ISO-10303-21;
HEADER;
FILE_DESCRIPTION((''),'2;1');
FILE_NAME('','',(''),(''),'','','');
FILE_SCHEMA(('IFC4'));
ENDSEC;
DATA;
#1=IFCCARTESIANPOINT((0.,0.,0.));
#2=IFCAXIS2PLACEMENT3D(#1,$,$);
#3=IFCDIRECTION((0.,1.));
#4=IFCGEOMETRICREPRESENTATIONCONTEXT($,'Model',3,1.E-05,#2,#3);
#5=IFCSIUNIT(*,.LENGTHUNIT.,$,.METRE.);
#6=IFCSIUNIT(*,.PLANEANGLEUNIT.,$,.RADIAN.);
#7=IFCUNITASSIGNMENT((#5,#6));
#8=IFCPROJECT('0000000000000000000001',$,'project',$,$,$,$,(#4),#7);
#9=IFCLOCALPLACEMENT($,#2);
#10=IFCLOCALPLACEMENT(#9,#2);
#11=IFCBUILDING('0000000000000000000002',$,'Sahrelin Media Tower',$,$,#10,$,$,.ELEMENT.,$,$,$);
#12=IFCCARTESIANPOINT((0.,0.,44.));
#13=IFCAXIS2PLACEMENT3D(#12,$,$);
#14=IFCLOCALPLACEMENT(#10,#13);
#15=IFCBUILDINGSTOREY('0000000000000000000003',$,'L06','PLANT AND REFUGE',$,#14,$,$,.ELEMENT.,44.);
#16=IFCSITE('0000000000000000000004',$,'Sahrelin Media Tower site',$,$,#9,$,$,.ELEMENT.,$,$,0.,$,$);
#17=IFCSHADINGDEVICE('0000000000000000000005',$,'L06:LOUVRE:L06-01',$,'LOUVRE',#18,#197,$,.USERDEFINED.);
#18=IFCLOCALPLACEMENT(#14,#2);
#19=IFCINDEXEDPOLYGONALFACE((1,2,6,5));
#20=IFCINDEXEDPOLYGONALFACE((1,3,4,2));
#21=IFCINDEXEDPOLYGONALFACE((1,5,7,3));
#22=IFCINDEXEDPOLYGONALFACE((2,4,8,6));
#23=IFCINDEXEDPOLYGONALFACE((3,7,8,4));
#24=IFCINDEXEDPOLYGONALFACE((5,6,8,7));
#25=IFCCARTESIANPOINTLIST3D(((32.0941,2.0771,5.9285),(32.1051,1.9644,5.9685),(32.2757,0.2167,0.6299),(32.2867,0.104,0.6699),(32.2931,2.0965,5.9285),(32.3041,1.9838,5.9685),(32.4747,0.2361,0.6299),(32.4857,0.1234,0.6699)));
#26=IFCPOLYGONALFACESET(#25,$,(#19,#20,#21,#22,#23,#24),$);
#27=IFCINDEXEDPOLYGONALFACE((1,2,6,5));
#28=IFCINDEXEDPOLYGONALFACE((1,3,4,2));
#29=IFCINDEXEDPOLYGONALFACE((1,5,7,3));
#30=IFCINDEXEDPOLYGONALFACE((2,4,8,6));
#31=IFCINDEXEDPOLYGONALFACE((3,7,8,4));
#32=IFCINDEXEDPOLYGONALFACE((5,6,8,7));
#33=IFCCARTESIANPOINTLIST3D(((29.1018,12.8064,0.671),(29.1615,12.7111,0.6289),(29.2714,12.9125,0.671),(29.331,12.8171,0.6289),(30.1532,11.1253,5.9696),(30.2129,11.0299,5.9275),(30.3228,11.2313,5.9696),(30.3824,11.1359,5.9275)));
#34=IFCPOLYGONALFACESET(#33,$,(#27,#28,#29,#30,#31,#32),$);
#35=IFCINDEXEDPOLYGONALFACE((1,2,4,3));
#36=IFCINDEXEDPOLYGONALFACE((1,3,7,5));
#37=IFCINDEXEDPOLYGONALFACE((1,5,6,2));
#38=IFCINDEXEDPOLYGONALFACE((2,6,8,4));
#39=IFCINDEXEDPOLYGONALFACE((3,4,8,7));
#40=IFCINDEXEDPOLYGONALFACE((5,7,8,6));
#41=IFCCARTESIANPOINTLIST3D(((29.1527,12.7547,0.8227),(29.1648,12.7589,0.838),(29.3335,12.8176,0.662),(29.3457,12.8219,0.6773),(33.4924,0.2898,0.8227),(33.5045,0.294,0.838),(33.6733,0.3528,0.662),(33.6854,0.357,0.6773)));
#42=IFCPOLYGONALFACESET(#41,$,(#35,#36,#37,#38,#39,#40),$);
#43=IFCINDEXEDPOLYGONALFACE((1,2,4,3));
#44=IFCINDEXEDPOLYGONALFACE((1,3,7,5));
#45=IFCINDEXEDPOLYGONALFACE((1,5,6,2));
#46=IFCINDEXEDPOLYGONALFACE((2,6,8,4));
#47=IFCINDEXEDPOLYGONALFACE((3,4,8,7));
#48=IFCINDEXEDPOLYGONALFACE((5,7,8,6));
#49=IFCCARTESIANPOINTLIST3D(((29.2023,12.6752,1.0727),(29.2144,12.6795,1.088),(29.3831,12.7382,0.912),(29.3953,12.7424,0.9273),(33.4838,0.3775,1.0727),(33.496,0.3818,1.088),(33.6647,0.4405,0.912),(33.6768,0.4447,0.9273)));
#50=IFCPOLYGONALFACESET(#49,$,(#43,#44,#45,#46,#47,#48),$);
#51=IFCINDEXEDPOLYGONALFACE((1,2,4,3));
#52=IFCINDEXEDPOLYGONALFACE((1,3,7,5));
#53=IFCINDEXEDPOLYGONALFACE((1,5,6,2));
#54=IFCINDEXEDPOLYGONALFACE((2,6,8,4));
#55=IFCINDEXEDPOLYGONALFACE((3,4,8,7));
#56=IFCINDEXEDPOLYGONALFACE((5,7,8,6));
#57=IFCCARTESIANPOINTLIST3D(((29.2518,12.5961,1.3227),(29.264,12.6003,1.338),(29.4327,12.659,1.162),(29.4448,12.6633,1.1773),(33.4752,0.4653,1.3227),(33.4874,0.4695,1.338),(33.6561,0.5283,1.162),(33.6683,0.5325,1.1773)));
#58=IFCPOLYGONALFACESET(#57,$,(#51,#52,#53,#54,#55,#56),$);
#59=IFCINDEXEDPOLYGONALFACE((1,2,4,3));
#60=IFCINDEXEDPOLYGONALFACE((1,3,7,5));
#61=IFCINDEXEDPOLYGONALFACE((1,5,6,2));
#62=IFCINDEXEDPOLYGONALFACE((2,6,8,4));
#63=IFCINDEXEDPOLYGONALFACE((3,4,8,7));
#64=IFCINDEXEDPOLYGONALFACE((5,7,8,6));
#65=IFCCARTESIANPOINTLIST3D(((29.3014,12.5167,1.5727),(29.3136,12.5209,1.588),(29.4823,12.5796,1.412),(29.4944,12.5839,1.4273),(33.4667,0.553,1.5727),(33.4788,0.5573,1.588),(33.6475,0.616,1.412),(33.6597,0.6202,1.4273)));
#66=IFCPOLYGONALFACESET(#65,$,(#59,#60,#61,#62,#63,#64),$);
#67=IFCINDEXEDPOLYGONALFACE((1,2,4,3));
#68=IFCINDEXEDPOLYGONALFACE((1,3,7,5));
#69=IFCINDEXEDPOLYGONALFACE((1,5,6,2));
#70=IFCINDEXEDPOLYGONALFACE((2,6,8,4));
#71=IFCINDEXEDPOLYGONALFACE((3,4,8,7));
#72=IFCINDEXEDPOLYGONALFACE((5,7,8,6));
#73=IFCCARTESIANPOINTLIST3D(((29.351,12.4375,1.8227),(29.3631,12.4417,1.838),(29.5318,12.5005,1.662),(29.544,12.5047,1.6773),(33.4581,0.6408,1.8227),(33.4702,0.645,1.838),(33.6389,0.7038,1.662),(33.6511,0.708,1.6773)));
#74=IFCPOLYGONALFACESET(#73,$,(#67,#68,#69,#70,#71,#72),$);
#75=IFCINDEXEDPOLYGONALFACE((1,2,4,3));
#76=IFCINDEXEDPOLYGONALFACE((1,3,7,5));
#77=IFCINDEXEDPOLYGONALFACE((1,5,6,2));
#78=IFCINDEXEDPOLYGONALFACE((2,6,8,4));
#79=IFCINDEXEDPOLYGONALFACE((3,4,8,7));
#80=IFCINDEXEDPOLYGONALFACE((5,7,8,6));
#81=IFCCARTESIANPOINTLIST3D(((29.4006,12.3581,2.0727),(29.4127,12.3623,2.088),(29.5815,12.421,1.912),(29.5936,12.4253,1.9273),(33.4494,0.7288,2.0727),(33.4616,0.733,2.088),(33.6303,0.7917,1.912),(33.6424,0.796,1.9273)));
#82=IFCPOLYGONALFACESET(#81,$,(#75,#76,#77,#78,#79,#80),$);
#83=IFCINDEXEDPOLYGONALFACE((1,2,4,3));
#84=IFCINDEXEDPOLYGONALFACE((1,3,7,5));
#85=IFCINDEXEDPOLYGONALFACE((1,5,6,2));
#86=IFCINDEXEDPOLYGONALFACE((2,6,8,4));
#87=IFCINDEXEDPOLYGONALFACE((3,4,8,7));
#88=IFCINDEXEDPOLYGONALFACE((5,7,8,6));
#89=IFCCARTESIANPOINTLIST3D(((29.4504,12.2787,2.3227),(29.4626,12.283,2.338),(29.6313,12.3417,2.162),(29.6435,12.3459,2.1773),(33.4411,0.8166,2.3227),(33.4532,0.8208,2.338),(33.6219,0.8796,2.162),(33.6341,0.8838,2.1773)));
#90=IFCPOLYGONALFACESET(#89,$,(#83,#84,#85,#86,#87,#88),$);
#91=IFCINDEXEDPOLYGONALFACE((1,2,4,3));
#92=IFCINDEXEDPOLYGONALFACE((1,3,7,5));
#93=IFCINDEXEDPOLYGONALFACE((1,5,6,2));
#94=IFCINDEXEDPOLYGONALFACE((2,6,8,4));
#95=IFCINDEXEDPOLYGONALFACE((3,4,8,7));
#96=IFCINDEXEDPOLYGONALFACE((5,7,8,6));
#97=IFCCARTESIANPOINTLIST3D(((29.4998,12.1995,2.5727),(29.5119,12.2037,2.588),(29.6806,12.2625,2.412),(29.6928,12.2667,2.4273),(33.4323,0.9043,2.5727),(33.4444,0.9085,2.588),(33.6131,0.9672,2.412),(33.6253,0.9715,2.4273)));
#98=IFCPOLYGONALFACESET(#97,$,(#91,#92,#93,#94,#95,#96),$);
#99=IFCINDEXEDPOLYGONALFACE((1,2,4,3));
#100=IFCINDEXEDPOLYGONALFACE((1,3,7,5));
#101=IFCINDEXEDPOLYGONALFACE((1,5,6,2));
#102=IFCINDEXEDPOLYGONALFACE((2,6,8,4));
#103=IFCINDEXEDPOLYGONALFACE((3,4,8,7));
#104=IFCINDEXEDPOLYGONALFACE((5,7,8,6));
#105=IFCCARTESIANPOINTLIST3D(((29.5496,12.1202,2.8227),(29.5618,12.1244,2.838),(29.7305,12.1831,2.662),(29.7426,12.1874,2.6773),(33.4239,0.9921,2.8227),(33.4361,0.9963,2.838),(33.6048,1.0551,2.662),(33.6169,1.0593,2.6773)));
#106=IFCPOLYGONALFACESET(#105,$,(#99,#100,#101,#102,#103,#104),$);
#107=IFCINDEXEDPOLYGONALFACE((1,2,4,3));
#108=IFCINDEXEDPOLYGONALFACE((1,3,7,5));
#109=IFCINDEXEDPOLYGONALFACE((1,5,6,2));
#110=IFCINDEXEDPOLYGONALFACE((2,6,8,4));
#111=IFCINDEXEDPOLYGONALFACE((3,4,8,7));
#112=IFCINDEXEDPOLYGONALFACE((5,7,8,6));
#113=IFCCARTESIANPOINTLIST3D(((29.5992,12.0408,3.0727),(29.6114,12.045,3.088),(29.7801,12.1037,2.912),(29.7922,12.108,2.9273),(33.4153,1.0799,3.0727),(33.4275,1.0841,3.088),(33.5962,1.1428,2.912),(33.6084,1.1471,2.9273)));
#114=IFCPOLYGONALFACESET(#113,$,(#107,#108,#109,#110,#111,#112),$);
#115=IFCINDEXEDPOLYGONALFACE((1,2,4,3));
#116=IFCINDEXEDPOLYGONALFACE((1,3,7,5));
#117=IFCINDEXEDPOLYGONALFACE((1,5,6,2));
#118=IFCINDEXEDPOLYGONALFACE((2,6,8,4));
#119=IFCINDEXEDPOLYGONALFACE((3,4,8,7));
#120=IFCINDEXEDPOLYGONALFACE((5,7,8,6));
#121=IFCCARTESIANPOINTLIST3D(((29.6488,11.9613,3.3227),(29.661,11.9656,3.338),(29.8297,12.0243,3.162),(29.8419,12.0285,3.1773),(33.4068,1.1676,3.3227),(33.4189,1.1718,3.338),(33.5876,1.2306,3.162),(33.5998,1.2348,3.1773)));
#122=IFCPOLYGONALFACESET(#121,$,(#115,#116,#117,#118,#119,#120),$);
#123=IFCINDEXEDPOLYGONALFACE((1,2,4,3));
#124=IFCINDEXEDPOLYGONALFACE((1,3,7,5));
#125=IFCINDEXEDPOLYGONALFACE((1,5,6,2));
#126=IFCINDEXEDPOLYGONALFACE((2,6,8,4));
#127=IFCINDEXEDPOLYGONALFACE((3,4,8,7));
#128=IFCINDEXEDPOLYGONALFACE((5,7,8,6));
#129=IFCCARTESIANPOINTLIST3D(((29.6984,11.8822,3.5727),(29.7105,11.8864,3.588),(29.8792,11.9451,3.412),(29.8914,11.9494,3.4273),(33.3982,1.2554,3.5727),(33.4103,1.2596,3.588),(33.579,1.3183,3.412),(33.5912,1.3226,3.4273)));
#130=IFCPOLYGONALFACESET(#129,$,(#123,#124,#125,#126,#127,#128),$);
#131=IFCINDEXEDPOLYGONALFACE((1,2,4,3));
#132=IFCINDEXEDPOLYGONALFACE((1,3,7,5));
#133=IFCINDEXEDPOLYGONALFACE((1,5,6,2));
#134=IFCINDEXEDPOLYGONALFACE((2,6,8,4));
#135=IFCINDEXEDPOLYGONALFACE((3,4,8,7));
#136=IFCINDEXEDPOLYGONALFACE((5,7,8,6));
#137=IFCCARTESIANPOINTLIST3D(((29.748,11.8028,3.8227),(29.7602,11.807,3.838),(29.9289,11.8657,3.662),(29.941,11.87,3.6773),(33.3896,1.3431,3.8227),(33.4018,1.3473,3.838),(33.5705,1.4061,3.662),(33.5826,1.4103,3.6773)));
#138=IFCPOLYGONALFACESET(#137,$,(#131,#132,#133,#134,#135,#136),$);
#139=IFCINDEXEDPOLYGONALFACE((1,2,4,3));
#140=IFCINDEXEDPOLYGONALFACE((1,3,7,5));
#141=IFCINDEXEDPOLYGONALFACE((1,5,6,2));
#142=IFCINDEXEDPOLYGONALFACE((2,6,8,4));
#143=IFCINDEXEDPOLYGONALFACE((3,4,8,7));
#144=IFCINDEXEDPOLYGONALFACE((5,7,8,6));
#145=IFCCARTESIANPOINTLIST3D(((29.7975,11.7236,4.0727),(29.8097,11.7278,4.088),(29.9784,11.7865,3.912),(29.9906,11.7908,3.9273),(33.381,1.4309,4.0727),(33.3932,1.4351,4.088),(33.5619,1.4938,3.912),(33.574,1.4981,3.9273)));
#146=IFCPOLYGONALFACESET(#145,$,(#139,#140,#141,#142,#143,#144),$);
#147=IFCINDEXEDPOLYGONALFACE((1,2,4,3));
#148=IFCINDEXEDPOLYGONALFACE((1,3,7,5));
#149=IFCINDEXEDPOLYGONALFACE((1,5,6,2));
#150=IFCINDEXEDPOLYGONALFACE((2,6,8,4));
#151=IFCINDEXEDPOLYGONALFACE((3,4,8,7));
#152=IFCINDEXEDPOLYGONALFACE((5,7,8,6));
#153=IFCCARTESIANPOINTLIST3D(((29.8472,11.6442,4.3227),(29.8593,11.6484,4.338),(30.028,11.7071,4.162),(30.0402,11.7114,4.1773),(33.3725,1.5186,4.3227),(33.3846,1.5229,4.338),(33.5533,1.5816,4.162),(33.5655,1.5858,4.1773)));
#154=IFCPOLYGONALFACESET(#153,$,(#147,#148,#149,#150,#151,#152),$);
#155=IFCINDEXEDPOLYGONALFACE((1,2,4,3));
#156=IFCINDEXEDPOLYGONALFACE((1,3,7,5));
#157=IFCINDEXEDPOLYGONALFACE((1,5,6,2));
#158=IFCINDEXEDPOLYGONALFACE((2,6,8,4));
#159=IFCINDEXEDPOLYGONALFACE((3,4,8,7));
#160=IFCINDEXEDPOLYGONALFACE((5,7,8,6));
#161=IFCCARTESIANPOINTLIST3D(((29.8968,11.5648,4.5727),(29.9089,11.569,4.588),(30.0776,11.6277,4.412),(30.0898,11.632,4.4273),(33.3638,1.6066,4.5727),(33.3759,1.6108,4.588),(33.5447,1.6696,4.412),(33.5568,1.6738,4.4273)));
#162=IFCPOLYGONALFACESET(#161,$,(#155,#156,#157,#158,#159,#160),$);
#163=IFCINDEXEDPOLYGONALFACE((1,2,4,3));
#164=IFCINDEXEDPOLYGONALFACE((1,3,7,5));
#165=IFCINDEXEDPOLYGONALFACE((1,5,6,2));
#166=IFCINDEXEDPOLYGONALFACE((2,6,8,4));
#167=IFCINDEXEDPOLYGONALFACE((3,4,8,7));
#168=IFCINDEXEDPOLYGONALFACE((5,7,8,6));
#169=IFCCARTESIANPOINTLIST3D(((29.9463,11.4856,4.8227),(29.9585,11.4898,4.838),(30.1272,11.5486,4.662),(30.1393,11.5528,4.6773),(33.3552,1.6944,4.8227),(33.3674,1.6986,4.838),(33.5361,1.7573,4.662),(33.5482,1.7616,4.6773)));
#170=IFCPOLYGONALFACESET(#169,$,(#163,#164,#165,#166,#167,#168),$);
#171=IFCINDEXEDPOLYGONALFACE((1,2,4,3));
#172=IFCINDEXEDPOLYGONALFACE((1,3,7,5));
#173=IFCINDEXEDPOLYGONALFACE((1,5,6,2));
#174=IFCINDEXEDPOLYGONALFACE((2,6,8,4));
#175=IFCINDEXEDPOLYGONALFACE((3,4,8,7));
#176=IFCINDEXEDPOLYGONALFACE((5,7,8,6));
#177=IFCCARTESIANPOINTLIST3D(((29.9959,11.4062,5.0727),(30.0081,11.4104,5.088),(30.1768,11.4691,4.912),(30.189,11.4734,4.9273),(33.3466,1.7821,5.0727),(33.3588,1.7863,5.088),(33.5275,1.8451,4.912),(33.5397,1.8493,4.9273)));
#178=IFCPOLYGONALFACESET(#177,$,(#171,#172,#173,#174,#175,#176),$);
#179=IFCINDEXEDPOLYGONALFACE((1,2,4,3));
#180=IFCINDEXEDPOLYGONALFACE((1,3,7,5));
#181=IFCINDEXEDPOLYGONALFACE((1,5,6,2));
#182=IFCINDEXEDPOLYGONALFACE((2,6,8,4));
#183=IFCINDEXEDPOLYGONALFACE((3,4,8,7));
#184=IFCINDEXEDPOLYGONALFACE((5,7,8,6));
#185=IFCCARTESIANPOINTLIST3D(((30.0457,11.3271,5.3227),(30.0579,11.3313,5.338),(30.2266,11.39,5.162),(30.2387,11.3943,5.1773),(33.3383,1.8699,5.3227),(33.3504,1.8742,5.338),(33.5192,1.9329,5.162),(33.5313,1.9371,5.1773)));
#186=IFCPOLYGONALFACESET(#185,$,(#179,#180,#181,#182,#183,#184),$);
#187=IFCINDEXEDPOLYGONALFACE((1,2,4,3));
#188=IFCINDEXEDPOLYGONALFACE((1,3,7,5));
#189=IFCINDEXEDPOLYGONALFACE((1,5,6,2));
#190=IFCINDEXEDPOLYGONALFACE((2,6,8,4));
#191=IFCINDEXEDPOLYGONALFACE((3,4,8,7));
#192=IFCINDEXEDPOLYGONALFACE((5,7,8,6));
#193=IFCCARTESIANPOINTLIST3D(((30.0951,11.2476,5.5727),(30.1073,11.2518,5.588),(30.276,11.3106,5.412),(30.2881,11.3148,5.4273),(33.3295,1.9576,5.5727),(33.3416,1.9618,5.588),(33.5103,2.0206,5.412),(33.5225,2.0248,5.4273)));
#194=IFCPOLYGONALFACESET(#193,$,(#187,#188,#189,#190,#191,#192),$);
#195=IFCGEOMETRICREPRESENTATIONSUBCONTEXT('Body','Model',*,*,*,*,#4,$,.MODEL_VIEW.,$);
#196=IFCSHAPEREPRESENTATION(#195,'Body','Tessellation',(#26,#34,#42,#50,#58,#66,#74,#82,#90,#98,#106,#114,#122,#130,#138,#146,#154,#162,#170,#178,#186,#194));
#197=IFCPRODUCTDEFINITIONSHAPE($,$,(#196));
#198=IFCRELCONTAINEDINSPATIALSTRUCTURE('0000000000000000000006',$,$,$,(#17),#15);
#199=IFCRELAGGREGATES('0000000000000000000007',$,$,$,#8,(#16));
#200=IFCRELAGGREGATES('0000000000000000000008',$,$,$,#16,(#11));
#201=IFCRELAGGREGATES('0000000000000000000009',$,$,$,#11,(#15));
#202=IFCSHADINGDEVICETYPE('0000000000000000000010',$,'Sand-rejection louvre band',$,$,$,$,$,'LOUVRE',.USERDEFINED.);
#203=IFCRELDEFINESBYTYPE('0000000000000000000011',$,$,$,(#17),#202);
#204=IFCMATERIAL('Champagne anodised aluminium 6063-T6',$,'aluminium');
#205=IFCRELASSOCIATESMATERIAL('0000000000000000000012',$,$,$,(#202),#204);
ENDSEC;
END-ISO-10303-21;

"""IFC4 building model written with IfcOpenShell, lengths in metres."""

from ifc_helpers import new_model, si_unit, direction, frame, origin, origin_2d, place, context, subcontext, project, spatial, rectangle, extrude, material, type_object, element, save


model = new_model("IFC4")

# Units and contexts
model_context = context("Model", 3, precision=1e-05, world=origin(), true_north=direction((0.0, 1.0)))
body_context = subcontext(model_context, "Body", "Model", "MODEL_VIEW")
ifc_project = project(units=[si_unit("LENGTHUNIT", "METRE"), si_unit("PLANEANGLEUNIT", "RADIAN")], contexts=[model_context])

# Site, building, storey
site_placement = place(None, origin())
site = spatial("IfcSite", under=ifc_project, at=site_placement, Name="Sahrelin Media Tower site", CompositionType="ELEMENT", RefElevation=0.0)
building_placement = place(site_placement, origin())
building = spatial("IfcBuilding", under=site, at=building_placement, Name="Sahrelin Media Tower", CompositionType="ELEMENT")
storey_placement = place(building_placement, frame((0.0, 0.0, 44.0)))
storey = spatial("IfcBuildingStorey", under=building, at=storey_placement, Name="L06", Description="PLANT AND REFUGE", CompositionType="ELEMENT", Elevation=44.0)

# Shading device
ifc_material_1 = material(Name="Champagne anodised aluminium 6063-T6", Category="aluminium")
shading_device_type = type_object("IfcShadingDeviceType", Name="Sand-rejection louvre band", ElementType="LOUVRE", PredefinedType="USERDEFINED", material=ifc_material_1)
shading_device_1_placement = place(storey_placement, frame((30.8027, 6.3115, 0.0), z_axis=(0.0, 0.0, 1.0), x_axis=(0.3288, -0.9444, 0.0)))
element("IfcShadingDevice", 1, at=shading_device_1_placement, inside=storey, type_object=shading_device_type, Name="L06:LOUVRE:L06-01", ObjectType="LOUVRE", PredefinedType="USERDEFINED", context=body_context, shape_type="SweptSolid", body=[
    extrude(rectangle(XDim=0.2, YDim=0.1201, at=origin_2d()), frame((6.3188, -0.5291, 0.6499), z_axis=(-0.323326, 0.078344, 0.943039), x_axis=(-0.235492, -0.971876, 0.0)), (0.0, 0.0, 1.0), 5.6187),
    extrude(rectangle(XDim=0.2, YDim=0.1201, at=origin_2d()), frame((-6.6604, 0.6392, 0.6499), z_axis=(0.341736, 0.077807, 0.93657), x_axis=(-0.221999, 0.975047, 0.0)), (0.0, 0.0, 1.0), 5.6575),
    extrude(rectangle(XDim=0.25, YDim=0.02, at=origin_2d()), frame((6.5713, 0.6624, 0.75), z_axis=(-1.0, 0.0, 0.0), x_axis=(0.0, -0.766044, 0.642788)), (0.0, 0.0, 1.0), 13.1987),
    extrude(rectangle(XDim=0.25, YDim=0.02, at=origin_2d()), frame((6.4856, 0.6831, 1.0), z_axis=(-1.0, 0.0, 0.0), x_axis=(0.0, -0.766044, 0.642788)), (0.0, 0.0, 1.0), 13.0217),
    extrude(rectangle(XDim=0.25, YDim=0.02, at=origin_2d()), frame((6.3999, 0.7039, 1.25), z_axis=(-1.0, 0.0, 0.0), x_axis=(0.0, -0.766044, 0.642788)), (0.0, 0.0, 1.0), 12.845),
    extrude(rectangle(XDim=0.25, YDim=0.02, at=origin_2d()), frame((6.3142, 0.7246, 1.5), z_axis=(-1.0, 0.0, 0.0), x_axis=(0.0, -0.766044, 0.642788)), (0.0, 0.0, 1.0), 12.668),
    extrude(rectangle(XDim=0.25, YDim=0.02, at=origin_2d()), frame((6.2285, 0.7454, 1.75), z_axis=(-1.0, 0.0, 0.0), x_axis=(0.0, -0.766044, 0.642788)), (0.0, 0.0, 1.0), 12.4912),
    extrude(rectangle(XDim=0.25, YDim=0.02, at=origin_2d()), frame((6.1426, 0.7661, 2.0), z_axis=(-1.0, 0.0, 0.0), x_axis=(0.0, -0.766044, 0.642788)), (0.0, 0.0, 1.0), 12.314),
    extrude(rectangle(XDim=0.25, YDim=0.02, at=origin_2d()), frame((6.0569, 0.7871, 2.25), z_axis=(-1.0, 0.0, 0.0), x_axis=(0.0, -0.766044, 0.642788)), (0.0, 0.0, 1.0), 12.137),
    extrude(rectangle(XDim=0.25, YDim=0.02, at=origin_2d()), frame((5.9712, 0.8076, 2.5), z_axis=(-1.0, 0.0, 0.0), x_axis=(0.0, -0.766044, 0.642788)), (0.0, 0.0, 1.0), 11.9602),
    extrude(rectangle(XDim=0.25, YDim=0.02, at=origin_2d()), frame((5.8855, 0.8286, 2.75), z_axis=(-1.0, 0.0, 0.0), x_axis=(0.0, -0.766044, 0.642788)), (0.0, 0.0, 1.0), 11.7832),
    extrude(rectangle(XDim=0.25, YDim=0.02, at=origin_2d()), frame((5.7998, 0.8494, 3.0), z_axis=(-1.0, 0.0, 0.0), x_axis=(0.0, -0.766044, 0.642788)), (0.0, 0.0, 1.0), 11.6062),
    extrude(rectangle(XDim=0.25, YDim=0.02, at=origin_2d()), frame((5.7141, 0.8701, 3.25), z_axis=(-1.0, 0.0, 0.0), x_axis=(0.0, -0.766044, 0.642788)), (0.0, 0.0, 1.0), 11.4292),
    extrude(rectangle(XDim=0.25, YDim=0.02, at=origin_2d()), frame((5.6284, 0.8909, 3.5), z_axis=(-1.0, 0.0, 0.0), x_axis=(0.0, -0.766044, 0.642788)), (0.0, 0.0, 1.0), 11.2524),
    extrude(rectangle(XDim=0.25, YDim=0.02, at=origin_2d()), frame((5.5427, 0.9116, 3.75), z_axis=(-1.0, 0.0, 0.0), x_axis=(0.0, -0.766044, 0.642788)), (0.0, 0.0, 1.0), 11.0754),
    extrude(rectangle(XDim=0.25, YDim=0.02, at=origin_2d()), frame((5.457, 0.9324, 4.0), z_axis=(-1.0, 0.0, 0.0), x_axis=(0.0, -0.766044, 0.642788)), (0.0, 0.0, 1.0), 10.8987),
    extrude(rectangle(XDim=0.25, YDim=0.02, at=origin_2d()), frame((5.3713, 0.9531, 4.25), z_axis=(-1.0, 0.0, 0.0), x_axis=(0.0, -0.766044, 0.642788)), (0.0, 0.0, 1.0), 10.7217),
    extrude(rectangle(XDim=0.25, YDim=0.02, at=origin_2d()), frame((5.2854, 0.9739, 4.5), z_axis=(-1.0, 0.0, 0.0), x_axis=(0.0, -0.766044, 0.642788)), (0.0, 0.0, 1.0), 10.5444),
    extrude(rectangle(XDim=0.25, YDim=0.02, at=origin_2d()), frame((5.1997, 0.9946, 4.75), z_axis=(-1.0, 0.0, 0.0), x_axis=(0.0, -0.766044, 0.642788)), (0.0, 0.0, 1.0), 10.3677),
    extrude(rectangle(XDim=0.25, YDim=0.02, at=origin_2d()), frame((5.114, 1.0154, 5.0), z_axis=(-1.0, 0.0, 0.0), x_axis=(0.0, -0.766044, 0.642788)), (0.0, 0.0, 1.0), 10.1907),
    extrude(rectangle(XDim=0.25, YDim=0.02, at=origin_2d()), frame((5.0283, 1.0364, 5.25), z_axis=(-1.0, 0.0, 0.0), x_axis=(0.0, -0.766044, 0.642788)), (0.0, 0.0, 1.0), 10.0139),
    extrude(rectangle(XDim=0.25, YDim=0.02, at=origin_2d()), frame((4.9426, 1.0569, 5.5), z_axis=(-1.0, 0.0, 0.0), x_axis=(0.0, -0.766044, 0.642788)), (0.0, 0.0, 1.0), 9.8369),
])

save(model, "model.ifc")
